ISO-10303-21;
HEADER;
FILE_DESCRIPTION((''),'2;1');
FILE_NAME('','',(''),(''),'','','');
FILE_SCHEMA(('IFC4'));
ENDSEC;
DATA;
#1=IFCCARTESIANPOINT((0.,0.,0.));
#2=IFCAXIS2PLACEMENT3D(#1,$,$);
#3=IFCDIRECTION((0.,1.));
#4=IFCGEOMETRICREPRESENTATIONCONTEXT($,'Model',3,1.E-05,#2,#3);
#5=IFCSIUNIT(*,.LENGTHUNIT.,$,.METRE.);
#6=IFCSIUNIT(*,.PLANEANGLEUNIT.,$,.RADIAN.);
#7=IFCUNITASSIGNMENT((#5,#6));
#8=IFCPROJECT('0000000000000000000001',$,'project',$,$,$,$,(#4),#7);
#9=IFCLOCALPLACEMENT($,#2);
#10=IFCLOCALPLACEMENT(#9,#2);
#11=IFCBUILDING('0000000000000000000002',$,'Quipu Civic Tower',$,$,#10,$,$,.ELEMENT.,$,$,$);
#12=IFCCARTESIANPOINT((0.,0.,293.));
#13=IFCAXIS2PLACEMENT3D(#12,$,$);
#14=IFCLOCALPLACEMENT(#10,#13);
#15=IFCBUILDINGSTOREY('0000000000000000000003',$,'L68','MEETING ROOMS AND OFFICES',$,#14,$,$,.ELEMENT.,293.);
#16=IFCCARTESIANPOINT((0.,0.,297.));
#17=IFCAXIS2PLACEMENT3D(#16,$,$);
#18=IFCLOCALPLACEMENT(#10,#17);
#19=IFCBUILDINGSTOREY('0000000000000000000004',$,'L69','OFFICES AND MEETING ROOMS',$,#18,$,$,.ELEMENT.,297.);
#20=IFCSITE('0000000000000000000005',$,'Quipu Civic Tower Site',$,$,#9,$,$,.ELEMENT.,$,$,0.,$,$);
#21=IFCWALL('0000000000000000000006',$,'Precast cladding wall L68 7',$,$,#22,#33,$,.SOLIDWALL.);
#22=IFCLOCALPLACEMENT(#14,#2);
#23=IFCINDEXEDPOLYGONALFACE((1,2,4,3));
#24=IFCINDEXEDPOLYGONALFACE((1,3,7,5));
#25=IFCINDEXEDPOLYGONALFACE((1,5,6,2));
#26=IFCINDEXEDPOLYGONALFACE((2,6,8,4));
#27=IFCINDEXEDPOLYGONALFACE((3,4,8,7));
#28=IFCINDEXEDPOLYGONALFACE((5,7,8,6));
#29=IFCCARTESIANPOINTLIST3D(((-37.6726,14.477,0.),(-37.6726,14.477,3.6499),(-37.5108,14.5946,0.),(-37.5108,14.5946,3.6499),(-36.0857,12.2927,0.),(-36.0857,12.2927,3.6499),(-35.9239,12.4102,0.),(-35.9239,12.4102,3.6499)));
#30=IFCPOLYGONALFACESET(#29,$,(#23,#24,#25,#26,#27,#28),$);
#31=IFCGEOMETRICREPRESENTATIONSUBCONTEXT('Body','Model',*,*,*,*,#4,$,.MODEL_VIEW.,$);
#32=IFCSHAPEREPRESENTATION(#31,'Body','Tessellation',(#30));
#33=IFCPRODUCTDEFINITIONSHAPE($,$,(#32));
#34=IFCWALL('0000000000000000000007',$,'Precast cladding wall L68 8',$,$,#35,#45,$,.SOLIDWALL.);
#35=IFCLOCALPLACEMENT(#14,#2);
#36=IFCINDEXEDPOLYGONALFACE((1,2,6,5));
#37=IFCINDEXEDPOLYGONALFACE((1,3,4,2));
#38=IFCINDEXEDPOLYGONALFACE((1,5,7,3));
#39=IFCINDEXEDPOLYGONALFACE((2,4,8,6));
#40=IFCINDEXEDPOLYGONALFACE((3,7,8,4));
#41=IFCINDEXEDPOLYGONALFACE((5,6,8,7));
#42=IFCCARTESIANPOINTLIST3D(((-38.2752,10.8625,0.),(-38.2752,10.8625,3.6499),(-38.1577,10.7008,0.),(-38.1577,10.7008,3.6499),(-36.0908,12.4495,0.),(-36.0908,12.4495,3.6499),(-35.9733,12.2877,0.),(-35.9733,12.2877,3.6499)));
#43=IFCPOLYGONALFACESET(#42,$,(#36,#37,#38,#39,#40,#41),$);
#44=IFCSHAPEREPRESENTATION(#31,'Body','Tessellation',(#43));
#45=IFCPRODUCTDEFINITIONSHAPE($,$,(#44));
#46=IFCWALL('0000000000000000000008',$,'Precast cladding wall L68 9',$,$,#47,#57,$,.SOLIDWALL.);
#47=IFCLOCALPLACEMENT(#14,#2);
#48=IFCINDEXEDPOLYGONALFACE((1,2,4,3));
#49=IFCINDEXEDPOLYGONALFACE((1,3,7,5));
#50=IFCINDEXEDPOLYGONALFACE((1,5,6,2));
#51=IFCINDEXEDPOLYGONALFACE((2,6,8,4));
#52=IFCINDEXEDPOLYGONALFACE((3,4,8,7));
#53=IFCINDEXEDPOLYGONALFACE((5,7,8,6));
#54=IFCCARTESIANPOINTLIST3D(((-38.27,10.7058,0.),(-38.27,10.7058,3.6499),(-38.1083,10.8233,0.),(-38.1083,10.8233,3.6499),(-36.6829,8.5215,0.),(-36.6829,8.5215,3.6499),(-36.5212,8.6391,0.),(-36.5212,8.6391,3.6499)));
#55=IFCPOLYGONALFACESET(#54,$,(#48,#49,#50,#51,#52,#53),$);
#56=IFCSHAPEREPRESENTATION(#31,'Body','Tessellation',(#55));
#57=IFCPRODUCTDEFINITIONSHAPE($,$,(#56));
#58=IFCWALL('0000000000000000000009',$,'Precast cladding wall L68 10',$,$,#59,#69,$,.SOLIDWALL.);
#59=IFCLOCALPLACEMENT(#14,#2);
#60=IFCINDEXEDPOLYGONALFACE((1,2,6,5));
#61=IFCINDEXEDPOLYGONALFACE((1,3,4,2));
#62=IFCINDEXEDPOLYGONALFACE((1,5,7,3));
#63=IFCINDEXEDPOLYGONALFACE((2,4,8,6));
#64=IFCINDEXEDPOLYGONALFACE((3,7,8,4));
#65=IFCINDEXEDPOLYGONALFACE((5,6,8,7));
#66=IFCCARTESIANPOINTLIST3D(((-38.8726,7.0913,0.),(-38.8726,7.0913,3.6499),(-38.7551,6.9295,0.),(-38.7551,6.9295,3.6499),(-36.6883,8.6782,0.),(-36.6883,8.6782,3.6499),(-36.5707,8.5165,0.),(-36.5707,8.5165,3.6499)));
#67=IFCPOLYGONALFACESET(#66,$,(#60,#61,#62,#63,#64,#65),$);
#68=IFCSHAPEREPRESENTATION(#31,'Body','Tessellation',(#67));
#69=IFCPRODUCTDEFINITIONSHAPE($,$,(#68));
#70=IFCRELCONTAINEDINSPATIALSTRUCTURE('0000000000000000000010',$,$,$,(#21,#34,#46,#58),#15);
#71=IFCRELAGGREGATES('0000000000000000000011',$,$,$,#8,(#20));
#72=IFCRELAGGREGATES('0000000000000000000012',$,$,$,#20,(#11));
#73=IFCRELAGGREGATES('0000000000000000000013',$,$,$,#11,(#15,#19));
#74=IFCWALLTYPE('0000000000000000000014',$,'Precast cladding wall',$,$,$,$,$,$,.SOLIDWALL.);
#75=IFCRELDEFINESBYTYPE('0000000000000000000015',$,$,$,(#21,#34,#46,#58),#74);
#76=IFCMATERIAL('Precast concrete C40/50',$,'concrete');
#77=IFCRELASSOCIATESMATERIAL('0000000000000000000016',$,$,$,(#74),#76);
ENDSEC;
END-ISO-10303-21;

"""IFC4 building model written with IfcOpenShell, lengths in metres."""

from ifc_helpers import new_model, si_unit, direction, frame, frame_2d, origin, place, context, subcontext, project, spatial, rectangle, extrude, material, type_object, element, save


model = new_model("IFC4")

# Units and contexts
model_context = context("Model", 3, precision=1e-05, world=origin(), true_north=direction((0.0, 1.0)))
body_context = subcontext(model_context, "Body", "Model", "MODEL_VIEW")
ifc_project = project(units=[si_unit("LENGTHUNIT", "METRE"), si_unit("PLANEANGLEUNIT", "RADIAN")], contexts=[model_context])

# Site, building, storey
site_placement = place(None, origin())
site = spatial("IfcSite", under=ifc_project, at=site_placement, Name="Quipu Civic Tower Site", CompositionType="ELEMENT", RefElevation=0.0)
building_placement = place(site_placement, origin())
building = spatial("IfcBuilding", under=site, at=building_placement, Name="Quipu Civic Tower", CompositionType="ELEMENT")
storey_1_placement = place(building_placement, frame((0.0, 0.0, 293.0)))
storey_1 = spatial("IfcBuildingStorey", under=building, at=storey_1_placement, Name="L68", Description="MEETING ROOMS AND OFFICES", CompositionType="ELEMENT", Elevation=293.0)

# Shared definitions
storey_2_placement = place(building_placement, frame((0.0, 0.0, 297.0)))
storey_2 = spatial("IfcBuildingStorey", under=building, at=storey_2_placement, Name="L69", Description="OFFICES AND MEETING ROOMS", CompositionType="ELEMENT", Elevation=297.0)

# Walls
ifc_material_1 = material(Name="Precast concrete C40/50", Category="concrete")
wall_type = type_object("IfcWallType", Name="Precast cladding wall", PredefinedType="SOLIDWALL", material=ifc_material_1)
for number, where, z_axis, x_axis, name in (
    (1, (-37.5918, 14.5359, 0.0), (0.0, 0.0, 1.0), (0.587763, -0.809033, 0.0), "Precast cladding wall L68 7"),
    (2, (-36.032, 12.3687, 0.0), (0.0, 0.0, 1.0), (-0.809033, -0.587763, 0.0), "Precast cladding wall L68 8"),
    (3, (-38.1892, 10.7646, 0.0), (0.0, 0.0, 1.0), (0.587822, -0.80899, 0.0), "Precast cladding wall L68 9"),
    (4, (-36.6294, 8.5974, 0.0), (0.0, 0.0, 1.0), (-0.809033, -0.587763, 0.0), "Precast cladding wall L68 10"),
):
    element("IfcWall", number, at=place(storey_1_placement, frame(where, z_axis=z_axis, x_axis=x_axis)), inside=storey_1, type_object=wall_type, Name=name, PredefinedType="SOLIDWALL", context=body_context, shape_type="SweptSolid", body=[
        extrude(rectangle(XDim=2.7, YDim=0.2, at=frame_2d((1.3501, 0.0))), origin(), (0.0, 0.0, 1.0), 3.6499),
    ])

save(model, "model.ifc")
